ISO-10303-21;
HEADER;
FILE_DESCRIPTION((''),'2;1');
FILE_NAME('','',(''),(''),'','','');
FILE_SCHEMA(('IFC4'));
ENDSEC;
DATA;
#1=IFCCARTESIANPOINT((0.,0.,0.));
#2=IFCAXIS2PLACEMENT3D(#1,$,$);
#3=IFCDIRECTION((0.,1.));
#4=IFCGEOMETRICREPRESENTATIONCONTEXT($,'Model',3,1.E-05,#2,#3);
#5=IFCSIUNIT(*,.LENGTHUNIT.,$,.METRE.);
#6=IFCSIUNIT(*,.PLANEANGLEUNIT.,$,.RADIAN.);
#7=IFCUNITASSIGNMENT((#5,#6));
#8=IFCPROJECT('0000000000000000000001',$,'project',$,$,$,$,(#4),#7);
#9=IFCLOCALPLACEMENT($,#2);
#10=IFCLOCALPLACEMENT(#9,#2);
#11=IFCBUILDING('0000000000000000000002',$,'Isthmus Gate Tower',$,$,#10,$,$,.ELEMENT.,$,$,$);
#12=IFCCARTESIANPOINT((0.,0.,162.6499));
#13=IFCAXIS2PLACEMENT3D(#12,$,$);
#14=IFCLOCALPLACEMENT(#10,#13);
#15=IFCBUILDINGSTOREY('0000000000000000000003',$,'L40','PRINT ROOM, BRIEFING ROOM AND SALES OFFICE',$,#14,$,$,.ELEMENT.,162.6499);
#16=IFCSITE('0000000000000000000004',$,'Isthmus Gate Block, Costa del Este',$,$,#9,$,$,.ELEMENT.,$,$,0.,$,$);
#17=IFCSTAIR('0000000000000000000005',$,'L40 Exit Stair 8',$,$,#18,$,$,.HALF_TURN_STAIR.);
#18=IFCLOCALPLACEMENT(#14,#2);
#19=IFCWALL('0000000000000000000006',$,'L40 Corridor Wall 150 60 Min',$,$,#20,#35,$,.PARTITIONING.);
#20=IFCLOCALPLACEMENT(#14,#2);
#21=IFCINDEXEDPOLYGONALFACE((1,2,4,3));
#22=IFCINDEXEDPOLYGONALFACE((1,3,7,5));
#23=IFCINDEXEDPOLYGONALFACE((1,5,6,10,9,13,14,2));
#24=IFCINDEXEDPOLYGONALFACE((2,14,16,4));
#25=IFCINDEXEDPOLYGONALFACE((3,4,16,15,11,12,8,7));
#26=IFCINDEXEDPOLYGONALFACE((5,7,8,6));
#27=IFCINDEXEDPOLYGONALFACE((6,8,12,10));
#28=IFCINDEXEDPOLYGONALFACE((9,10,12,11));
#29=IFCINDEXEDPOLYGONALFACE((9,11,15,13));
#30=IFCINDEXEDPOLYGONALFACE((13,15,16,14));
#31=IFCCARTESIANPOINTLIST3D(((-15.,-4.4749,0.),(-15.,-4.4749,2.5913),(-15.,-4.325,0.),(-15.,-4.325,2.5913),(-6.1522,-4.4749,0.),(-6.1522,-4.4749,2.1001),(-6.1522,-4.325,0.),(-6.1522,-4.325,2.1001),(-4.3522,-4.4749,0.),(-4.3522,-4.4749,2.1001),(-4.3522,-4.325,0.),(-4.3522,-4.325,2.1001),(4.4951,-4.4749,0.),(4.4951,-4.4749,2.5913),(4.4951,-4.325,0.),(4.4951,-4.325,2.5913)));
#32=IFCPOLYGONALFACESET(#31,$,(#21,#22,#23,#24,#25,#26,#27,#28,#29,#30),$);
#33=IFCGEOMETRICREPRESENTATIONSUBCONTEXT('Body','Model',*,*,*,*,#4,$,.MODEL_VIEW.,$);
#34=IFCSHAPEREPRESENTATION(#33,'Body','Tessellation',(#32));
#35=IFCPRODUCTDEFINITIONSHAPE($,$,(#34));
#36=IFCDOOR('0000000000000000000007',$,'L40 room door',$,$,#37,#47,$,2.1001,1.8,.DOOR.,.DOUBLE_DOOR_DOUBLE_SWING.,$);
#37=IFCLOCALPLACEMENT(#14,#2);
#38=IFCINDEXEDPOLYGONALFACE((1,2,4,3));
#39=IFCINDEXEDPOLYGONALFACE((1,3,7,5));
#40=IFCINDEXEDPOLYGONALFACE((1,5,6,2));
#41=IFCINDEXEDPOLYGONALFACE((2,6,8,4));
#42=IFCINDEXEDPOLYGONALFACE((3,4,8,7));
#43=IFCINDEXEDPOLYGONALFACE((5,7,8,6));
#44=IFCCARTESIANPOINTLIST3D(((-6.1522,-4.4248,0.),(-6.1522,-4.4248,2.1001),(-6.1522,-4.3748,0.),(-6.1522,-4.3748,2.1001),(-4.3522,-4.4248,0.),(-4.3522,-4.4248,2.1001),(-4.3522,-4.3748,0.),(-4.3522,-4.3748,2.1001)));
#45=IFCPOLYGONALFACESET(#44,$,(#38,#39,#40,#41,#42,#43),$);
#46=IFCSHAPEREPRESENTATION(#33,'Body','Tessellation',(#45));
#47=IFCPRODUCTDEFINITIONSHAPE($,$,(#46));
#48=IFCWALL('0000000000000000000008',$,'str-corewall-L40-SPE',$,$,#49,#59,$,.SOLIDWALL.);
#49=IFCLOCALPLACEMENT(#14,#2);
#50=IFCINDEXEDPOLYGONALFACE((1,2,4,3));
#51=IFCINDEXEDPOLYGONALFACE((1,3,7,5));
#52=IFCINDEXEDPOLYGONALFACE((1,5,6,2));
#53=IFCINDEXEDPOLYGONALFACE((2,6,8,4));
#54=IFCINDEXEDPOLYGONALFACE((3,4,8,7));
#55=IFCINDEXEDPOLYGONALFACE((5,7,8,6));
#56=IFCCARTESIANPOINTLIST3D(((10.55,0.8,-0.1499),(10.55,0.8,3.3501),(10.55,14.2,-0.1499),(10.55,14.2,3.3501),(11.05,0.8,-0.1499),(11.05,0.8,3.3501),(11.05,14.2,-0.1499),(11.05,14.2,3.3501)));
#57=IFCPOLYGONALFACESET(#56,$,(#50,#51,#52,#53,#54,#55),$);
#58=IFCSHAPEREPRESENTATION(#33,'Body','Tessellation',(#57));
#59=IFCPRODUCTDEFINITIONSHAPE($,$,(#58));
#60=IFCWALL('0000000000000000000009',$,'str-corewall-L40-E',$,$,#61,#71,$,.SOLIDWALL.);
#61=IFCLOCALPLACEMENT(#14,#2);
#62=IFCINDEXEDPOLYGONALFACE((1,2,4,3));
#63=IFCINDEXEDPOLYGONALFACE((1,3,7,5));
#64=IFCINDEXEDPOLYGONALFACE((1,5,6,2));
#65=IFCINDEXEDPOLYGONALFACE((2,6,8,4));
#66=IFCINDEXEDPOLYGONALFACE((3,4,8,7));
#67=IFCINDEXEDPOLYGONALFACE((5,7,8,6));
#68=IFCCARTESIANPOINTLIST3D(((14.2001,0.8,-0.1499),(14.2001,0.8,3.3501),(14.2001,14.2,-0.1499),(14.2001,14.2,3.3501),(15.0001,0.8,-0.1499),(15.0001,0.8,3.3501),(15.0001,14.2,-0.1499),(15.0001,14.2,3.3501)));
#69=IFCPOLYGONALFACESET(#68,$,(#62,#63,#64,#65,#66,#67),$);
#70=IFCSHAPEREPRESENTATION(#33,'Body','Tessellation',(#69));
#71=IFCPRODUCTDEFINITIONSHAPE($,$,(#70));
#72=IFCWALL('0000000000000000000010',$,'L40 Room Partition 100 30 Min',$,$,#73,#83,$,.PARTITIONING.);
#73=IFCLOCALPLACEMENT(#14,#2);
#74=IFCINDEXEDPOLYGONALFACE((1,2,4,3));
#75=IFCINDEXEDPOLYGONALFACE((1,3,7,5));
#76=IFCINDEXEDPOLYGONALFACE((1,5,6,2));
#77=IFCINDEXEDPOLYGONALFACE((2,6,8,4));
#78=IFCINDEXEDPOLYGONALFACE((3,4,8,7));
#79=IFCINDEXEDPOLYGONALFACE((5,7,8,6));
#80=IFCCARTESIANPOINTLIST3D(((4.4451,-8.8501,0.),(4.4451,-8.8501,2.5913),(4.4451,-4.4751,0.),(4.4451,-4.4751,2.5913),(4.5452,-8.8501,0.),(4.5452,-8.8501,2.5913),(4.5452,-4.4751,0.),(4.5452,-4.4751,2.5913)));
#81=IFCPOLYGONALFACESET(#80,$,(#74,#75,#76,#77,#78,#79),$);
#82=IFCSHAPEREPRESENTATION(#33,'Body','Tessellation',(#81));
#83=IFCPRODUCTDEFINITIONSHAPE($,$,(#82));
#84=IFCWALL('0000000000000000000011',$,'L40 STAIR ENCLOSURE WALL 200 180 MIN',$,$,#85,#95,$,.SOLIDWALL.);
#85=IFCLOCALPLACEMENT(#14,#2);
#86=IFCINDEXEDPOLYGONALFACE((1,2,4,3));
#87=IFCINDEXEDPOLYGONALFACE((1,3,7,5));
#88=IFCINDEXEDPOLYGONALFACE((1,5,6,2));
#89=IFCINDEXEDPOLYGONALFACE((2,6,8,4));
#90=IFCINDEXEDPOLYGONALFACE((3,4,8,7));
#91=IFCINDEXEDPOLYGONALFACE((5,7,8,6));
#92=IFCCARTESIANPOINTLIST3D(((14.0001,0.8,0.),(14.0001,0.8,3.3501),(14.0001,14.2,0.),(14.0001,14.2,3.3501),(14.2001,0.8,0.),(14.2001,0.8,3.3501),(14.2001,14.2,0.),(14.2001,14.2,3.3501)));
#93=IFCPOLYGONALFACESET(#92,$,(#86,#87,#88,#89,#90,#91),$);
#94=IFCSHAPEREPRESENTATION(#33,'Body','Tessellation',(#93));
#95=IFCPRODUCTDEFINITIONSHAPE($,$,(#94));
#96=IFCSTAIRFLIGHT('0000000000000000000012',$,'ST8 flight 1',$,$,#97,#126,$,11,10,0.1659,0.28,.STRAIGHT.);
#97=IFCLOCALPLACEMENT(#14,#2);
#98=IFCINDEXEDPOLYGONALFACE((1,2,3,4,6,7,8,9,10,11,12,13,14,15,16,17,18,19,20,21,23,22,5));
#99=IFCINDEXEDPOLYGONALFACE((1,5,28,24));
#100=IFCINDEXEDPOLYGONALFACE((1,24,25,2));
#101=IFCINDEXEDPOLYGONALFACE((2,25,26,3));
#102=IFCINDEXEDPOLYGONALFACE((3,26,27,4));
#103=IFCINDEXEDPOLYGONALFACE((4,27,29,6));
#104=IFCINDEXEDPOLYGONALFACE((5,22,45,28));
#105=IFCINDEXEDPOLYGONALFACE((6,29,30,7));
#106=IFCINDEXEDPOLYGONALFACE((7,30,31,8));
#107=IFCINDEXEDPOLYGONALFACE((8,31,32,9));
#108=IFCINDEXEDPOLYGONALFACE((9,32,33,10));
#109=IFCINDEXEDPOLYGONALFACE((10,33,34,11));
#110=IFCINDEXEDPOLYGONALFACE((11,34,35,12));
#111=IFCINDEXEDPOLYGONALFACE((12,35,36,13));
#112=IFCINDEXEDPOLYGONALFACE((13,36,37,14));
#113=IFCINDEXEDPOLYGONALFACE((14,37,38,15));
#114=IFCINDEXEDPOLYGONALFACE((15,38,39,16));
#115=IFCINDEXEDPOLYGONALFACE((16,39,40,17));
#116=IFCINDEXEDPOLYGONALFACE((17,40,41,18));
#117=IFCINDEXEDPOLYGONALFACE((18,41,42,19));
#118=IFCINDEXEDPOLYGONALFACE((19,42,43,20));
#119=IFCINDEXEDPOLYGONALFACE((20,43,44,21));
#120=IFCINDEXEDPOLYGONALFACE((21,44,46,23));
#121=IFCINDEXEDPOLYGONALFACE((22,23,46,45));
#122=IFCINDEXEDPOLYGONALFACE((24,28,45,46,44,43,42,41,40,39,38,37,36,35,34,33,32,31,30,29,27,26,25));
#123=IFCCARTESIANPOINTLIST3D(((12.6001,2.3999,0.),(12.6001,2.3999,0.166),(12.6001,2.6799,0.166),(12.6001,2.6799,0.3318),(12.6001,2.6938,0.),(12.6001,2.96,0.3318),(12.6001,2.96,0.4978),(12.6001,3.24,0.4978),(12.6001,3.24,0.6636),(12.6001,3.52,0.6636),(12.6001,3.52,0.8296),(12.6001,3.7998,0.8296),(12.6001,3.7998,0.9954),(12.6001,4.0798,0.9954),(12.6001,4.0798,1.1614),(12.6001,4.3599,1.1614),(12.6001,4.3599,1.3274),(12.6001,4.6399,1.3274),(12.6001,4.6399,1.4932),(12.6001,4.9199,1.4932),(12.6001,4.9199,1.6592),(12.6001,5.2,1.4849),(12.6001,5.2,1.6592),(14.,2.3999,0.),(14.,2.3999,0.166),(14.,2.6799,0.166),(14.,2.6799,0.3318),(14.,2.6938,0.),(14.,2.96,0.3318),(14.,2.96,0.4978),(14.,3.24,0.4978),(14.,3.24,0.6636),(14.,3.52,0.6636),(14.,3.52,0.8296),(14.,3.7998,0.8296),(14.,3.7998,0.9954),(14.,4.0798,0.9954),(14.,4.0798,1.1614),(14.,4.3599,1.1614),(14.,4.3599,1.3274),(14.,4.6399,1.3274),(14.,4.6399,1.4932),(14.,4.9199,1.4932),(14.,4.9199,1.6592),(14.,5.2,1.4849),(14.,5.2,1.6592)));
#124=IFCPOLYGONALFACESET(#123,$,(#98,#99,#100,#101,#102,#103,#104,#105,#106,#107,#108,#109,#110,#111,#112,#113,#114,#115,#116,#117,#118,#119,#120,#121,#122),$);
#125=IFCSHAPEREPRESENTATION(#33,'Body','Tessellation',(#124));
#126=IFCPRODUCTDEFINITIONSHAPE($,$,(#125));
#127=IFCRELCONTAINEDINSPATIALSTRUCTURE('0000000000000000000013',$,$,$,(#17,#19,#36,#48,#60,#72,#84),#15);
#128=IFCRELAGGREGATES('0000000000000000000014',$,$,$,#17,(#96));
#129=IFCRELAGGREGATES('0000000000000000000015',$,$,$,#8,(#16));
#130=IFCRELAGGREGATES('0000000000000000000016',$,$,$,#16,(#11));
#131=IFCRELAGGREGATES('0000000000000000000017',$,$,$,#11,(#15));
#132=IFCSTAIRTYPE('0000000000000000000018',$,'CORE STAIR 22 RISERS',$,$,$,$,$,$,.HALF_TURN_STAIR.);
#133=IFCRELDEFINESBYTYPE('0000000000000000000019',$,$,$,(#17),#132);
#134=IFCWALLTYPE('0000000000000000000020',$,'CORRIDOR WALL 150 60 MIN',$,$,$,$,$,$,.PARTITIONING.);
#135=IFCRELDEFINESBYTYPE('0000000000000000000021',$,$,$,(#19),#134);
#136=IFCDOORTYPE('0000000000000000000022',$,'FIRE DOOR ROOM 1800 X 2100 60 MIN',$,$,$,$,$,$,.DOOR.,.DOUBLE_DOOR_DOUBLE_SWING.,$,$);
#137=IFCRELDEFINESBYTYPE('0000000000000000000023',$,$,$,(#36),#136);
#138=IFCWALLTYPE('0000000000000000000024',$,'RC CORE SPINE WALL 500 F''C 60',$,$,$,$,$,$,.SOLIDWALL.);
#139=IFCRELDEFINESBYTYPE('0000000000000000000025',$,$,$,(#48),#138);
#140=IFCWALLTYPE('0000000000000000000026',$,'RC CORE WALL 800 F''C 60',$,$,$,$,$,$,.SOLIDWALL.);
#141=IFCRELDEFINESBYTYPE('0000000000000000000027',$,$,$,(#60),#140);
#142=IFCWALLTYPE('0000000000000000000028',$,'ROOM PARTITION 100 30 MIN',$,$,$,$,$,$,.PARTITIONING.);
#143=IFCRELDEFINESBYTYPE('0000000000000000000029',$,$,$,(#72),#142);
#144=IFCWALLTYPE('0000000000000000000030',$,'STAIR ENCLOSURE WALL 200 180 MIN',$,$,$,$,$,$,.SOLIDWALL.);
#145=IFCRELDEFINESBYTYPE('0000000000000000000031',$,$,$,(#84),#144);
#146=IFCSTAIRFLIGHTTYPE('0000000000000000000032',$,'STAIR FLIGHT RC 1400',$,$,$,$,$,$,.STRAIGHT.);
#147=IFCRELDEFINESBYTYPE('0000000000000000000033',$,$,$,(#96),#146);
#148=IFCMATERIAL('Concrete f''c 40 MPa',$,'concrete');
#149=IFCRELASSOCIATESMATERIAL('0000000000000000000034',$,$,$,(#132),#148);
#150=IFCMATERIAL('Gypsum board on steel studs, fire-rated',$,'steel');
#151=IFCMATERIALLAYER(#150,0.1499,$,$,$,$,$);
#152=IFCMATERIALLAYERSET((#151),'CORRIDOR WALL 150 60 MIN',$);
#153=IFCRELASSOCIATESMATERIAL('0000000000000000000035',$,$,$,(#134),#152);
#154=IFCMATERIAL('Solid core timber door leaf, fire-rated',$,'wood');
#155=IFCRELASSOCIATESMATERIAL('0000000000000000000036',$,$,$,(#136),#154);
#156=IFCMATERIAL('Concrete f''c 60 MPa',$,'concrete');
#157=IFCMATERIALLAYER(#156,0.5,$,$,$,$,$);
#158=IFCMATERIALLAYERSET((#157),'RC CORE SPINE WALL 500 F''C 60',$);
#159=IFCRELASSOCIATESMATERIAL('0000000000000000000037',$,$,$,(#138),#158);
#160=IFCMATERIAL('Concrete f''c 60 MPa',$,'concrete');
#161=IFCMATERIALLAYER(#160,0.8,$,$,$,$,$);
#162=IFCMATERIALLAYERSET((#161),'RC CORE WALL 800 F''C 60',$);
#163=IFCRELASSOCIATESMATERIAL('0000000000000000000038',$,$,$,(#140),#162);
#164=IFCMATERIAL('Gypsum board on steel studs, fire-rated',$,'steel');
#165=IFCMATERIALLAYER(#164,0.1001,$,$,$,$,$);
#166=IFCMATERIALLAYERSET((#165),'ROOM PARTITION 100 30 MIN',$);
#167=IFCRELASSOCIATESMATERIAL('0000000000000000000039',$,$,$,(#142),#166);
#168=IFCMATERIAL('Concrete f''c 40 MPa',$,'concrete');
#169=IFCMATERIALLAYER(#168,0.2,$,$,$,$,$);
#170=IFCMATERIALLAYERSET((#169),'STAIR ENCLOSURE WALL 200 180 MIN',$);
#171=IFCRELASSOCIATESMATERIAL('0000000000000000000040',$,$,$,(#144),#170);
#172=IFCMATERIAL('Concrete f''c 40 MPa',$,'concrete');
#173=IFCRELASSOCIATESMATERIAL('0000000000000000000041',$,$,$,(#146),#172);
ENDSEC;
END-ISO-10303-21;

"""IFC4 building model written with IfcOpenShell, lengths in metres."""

from ifc_helpers import new_model, si_unit, direction, frame, frame_2d, origin, place, context, subcontext, project, spatial, polyline, rectangle, outline, extrude, material, layer, layer_set, type_object, element, fill, aggregate, save


model = new_model("IFC4")

# Units and contexts
model_context = context("Model", 3, precision=1e-05, world=origin(), true_north=direction((0.0, 1.0)))
body_context = subcontext(model_context, "Body", "Model", "MODEL_VIEW")
ifc_project = project(units=[si_unit("LENGTHUNIT", "METRE"), si_unit("PLANEANGLEUNIT", "RADIAN")], contexts=[model_context])

# Site, building, storey
site_placement = place(None, origin())
site = spatial("IfcSite", under=ifc_project, at=site_placement, Name="Isthmus Gate Block, Costa del Este", CompositionType="ELEMENT", RefElevation=0.0)
building_placement = place(site_placement, origin())
building = spatial("IfcBuilding", under=site, at=building_placement, Name="Isthmus Gate Tower", CompositionType="ELEMENT")
storey_placement = place(building_placement, frame((0.0, 0.0, 162.6499)))
storey = spatial("IfcBuildingStorey", under=building, at=storey_placement, Name="L40", Description="PRINT ROOM, BRIEFING ROOM AND SALES OFFICE", CompositionType="ELEMENT", Elevation=162.6499)

# Stair
ifc_material_1 = material(Name="Concrete f'c 40 MPa", Category="concrete")
stair_type = type_object("IfcStairType", Name="CORE STAIR 22 RISERS", PredefinedType="HALF_TURN_STAIR", material=ifc_material_1)
stair_placement = place(storey_placement, origin())
stair = element("IfcStair", 1, at=stair_placement, inside=storey, type_object=stair_type, Name="L40 Exit Stair 8", PredefinedType="HALF_TURN_STAIR")

# Wall, opening, door
ifc_material_2 = material(Name="Gypsum board on steel studs, fire-rated", Category="steel")
ifc_layer_1 = layer(ifc_material_2, 0.1499)
ifc_layer_set_1 = layer_set([ifc_layer_1], Name="CORRIDOR WALL 150 60 MIN")
wall_type_1 = type_object("IfcWallType", Name="CORRIDOR WALL 150 60 MIN", PredefinedType="PARTITIONING", material=ifc_layer_set_1)
wall_1_placement = place(storey_placement, frame((4.4951, -4.3999, 0.0), z_axis=(0.0, 0.0, 1.0), x_axis=(-1.0, 0.0, 0.0)))
wall_1 = element("IfcWall", 2, at=wall_1_placement, inside=storey, type_object=wall_type_1, Name="L40 Corridor Wall 150 60 Min", PredefinedType="PARTITIONING", context=body_context, shape_type="SweptSolid", body=[
    extrude(rectangle(XDim=19.4951, YDim=0.1499, at=frame_2d((9.7476, 0.0))), origin(), (0.0, 0.0, 1.0), 2.5913),
])
opening_placement = place(wall_1_placement, frame((8.8474, 0.0, 0.0)))
opening = element("IfcOpeningElement", 3, at=opening_placement, cuts=wall_1, PredefinedType="OPENING", context=body_context, shape_type="SweptSolid", body=[
    extrude(rectangle(XDim=1.8, YDim=2.1001, at=frame_2d((0.8999, 1.05))), frame((0.0, 0.085, 0.0), z_axis=(0.0, -1.0, 0.0), x_axis=(1.0, 0.0, 0.0)), (0.0, 0.0, 1.0), 0.1699),
])
ifc_material_3 = material(Name="Solid core timber door leaf, fire-rated", Category="wood")
door_type = type_object("IfcDoorType", Name="FIRE DOOR ROOM 1800 X 2100 60 MIN", OperationType="DOUBLE_DOOR_DOUBLE_SWING", PredefinedType="DOOR", material=ifc_material_3)
door_placement = place(opening_placement, origin())
door = element("IfcDoor", 4, at=door_placement, inside=storey, type_object=door_type, Name="L40 room door", OperationType="DOUBLE_DOOR_DOUBLE_SWING", OverallHeight=2.1001, OverallWidth=1.8, PredefinedType="DOOR", context=body_context, shape_type="SweptSolid", body=[
    extrude(rectangle(XDim=1.8, YDim=2.1001, at=frame_2d((0.8999, 1.05))), frame((0.0, 0.0249, 0.0), z_axis=(0.0, -1.0, 0.0), x_axis=(1.0, 0.0, 0.0)), (0.0, 0.0, 1.0), 0.05),
])
fill(opening, door)

# Walls
ifc_material_4 = material(Name="Concrete f'c 60 MPa", Category="concrete")
ifc_layer_2 = layer(ifc_material_4, 0.5)
ifc_layer_set_2 = layer_set([ifc_layer_2], Name="RC CORE SPINE WALL 500 F'C 60")
wall_type_2 = type_object("IfcWallType", Name="RC CORE SPINE WALL 500 F'C 60", PredefinedType="SOLIDWALL", material=ifc_layer_set_2)
wall_2_placement = place(storey_placement, frame((10.8, 0.8, -0.1499), z_axis=(0.0, 0.0, 1.0), x_axis=(0.0, 1.0, 0.0)))
element("IfcWall", 5, at=wall_2_placement, inside=storey, type_object=wall_type_2, Name="str-corewall-L40-SPE", PredefinedType="SOLIDWALL", context=body_context, shape_type="SweptSolid", body=[
    extrude(rectangle(XDim=13.3999, YDim=0.5, at=frame_2d((6.7, 0.0))), origin(), (0.0, 0.0, 1.0), 3.5),
])
ifc_material_5 = material(Name="Concrete f'c 60 MPa", Category="concrete")
ifc_layer_3 = layer(ifc_material_5, 0.8)
ifc_layer_set_3 = layer_set([ifc_layer_3], Name="RC CORE WALL 800 F'C 60")
wall_type_3 = type_object("IfcWallType", Name="RC CORE WALL 800 F'C 60", PredefinedType="SOLIDWALL", material=ifc_layer_set_3)
wall_3_placement = place(storey_placement, frame((14.6001, 0.8, -0.1499), z_axis=(0.0, 0.0, 1.0), x_axis=(0.0, 1.0, 0.0)))
element("IfcWall", 6, at=wall_3_placement, inside=storey, type_object=wall_type_3, Name="str-corewall-L40-E", PredefinedType="SOLIDWALL", context=body_context, shape_type="SweptSolid", body=[
    extrude(rectangle(XDim=13.3999, YDim=0.8, at=frame_2d((6.7, 0.0))), origin(), (0.0, 0.0, 1.0), 3.5),
])
ifc_material_6 = material(Name="Gypsum board on steel studs, fire-rated", Category="steel")
ifc_layer_4 = layer(ifc_material_6, 0.1001)
ifc_layer_set_4 = layer_set([ifc_layer_4], Name="ROOM PARTITION 100 30 MIN")
wall_type_4 = type_object("IfcWallType", Name="ROOM PARTITION 100 30 MIN", PredefinedType="PARTITIONING", material=ifc_layer_set_4)
wall_4_placement = place(storey_placement, frame((4.4951, -8.8501, 0.0), z_axis=(0.0, 0.0, 1.0), x_axis=(0.0, 1.0, 0.0)))
element("IfcWall", 7, at=wall_4_placement, inside=storey, type_object=wall_type_4, Name="L40 Room Partition 100 30 Min", PredefinedType="PARTITIONING", context=body_context, shape_type="SweptSolid", body=[
    extrude(rectangle(XDim=4.375, YDim=0.1001, at=frame_2d((2.1875, 0.0))), origin(), (0.0, 0.0, 1.0), 2.5913),
])
ifc_material_7 = material(Name="Concrete f'c 40 MPa", Category="concrete")
ifc_layer_5 = layer(ifc_material_7, 0.2)
ifc_layer_set_5 = layer_set([ifc_layer_5], Name="STAIR ENCLOSURE WALL 200 180 MIN")
wall_type_5 = type_object("IfcWallType", Name="STAIR ENCLOSURE WALL 200 180 MIN", PredefinedType="SOLIDWALL", material=ifc_layer_set_5)
wall_5_placement = place(storey_placement, frame((14.1001, 0.8, 0.0), z_axis=(0.0, 0.0, 1.0), x_axis=(0.0, 1.0, 0.0)))
element("IfcWall", 8, at=wall_5_placement, inside=storey, type_object=wall_type_5, Name="L40 STAIR ENCLOSURE WALL 200 180 MIN", PredefinedType="SOLIDWALL", context=body_context, shape_type="SweptSolid", body=[
    extrude(rectangle(XDim=13.3999, YDim=0.2, at=frame_2d((6.7, 0.0))), origin(), (0.0, 0.0, 1.0), 3.3501),
])

# Stair flight
ifc_material_8 = material(Name="Concrete f'c 40 MPa", Category="concrete")
stair_flight_type = type_object("IfcStairFlightType", Name="STAIR FLIGHT RC 1400", PredefinedType="STRAIGHT", material=ifc_material_8)
stair_flight_placement = place(storey_placement, frame((13.3, 2.3999, 0.0), z_axis=(0.0, 0.0, 1.0), x_axis=(0.0, 1.0, 0.0)))
stair_flight = element("IfcStairFlight", 9, at=stair_flight_placement, type_object=stair_flight_type, Name="ST8 flight 1", NumberOfRisers=11, NumberOfTreads=10, PredefinedType="STRAIGHT", RiserHeight=0.1659, TreadLength=0.28, context=body_context, shape_type="SweptSolid", body=[
    extrude(outline(polyline([(0.0, 0.0), (0.0, 0.166), (0.28, 0.166), (0.28, 0.3318), (0.5601, 0.3318), (0.5601, 0.4978), (0.8401, 0.4978), (0.8401, 0.6636), (1.1201, 0.6636), (1.1201, 0.8296), (1.3999, 0.8296), (1.3999, 0.9954), (1.6799, 0.9954), (1.6799, 1.1614), (1.96, 1.1614), (1.96, 1.3274), (2.24, 1.3274), (2.24, 1.4932), (2.52, 1.4932), (2.52, 1.6592), (2.8, 1.6592), (2.8, 1.825), (2.8, 1.4849), (0.2939, 0.0), (0.0, 0.0)])), frame((0.0, 0.7, 0.0), z_axis=(0.0, -1.0, 0.0), x_axis=(1.0, 0.0, 0.0)), (0.0, 0.0, 1.0), 1.3999),
])
aggregate(stair, [stair_flight])

save(model, "model.ifc")
